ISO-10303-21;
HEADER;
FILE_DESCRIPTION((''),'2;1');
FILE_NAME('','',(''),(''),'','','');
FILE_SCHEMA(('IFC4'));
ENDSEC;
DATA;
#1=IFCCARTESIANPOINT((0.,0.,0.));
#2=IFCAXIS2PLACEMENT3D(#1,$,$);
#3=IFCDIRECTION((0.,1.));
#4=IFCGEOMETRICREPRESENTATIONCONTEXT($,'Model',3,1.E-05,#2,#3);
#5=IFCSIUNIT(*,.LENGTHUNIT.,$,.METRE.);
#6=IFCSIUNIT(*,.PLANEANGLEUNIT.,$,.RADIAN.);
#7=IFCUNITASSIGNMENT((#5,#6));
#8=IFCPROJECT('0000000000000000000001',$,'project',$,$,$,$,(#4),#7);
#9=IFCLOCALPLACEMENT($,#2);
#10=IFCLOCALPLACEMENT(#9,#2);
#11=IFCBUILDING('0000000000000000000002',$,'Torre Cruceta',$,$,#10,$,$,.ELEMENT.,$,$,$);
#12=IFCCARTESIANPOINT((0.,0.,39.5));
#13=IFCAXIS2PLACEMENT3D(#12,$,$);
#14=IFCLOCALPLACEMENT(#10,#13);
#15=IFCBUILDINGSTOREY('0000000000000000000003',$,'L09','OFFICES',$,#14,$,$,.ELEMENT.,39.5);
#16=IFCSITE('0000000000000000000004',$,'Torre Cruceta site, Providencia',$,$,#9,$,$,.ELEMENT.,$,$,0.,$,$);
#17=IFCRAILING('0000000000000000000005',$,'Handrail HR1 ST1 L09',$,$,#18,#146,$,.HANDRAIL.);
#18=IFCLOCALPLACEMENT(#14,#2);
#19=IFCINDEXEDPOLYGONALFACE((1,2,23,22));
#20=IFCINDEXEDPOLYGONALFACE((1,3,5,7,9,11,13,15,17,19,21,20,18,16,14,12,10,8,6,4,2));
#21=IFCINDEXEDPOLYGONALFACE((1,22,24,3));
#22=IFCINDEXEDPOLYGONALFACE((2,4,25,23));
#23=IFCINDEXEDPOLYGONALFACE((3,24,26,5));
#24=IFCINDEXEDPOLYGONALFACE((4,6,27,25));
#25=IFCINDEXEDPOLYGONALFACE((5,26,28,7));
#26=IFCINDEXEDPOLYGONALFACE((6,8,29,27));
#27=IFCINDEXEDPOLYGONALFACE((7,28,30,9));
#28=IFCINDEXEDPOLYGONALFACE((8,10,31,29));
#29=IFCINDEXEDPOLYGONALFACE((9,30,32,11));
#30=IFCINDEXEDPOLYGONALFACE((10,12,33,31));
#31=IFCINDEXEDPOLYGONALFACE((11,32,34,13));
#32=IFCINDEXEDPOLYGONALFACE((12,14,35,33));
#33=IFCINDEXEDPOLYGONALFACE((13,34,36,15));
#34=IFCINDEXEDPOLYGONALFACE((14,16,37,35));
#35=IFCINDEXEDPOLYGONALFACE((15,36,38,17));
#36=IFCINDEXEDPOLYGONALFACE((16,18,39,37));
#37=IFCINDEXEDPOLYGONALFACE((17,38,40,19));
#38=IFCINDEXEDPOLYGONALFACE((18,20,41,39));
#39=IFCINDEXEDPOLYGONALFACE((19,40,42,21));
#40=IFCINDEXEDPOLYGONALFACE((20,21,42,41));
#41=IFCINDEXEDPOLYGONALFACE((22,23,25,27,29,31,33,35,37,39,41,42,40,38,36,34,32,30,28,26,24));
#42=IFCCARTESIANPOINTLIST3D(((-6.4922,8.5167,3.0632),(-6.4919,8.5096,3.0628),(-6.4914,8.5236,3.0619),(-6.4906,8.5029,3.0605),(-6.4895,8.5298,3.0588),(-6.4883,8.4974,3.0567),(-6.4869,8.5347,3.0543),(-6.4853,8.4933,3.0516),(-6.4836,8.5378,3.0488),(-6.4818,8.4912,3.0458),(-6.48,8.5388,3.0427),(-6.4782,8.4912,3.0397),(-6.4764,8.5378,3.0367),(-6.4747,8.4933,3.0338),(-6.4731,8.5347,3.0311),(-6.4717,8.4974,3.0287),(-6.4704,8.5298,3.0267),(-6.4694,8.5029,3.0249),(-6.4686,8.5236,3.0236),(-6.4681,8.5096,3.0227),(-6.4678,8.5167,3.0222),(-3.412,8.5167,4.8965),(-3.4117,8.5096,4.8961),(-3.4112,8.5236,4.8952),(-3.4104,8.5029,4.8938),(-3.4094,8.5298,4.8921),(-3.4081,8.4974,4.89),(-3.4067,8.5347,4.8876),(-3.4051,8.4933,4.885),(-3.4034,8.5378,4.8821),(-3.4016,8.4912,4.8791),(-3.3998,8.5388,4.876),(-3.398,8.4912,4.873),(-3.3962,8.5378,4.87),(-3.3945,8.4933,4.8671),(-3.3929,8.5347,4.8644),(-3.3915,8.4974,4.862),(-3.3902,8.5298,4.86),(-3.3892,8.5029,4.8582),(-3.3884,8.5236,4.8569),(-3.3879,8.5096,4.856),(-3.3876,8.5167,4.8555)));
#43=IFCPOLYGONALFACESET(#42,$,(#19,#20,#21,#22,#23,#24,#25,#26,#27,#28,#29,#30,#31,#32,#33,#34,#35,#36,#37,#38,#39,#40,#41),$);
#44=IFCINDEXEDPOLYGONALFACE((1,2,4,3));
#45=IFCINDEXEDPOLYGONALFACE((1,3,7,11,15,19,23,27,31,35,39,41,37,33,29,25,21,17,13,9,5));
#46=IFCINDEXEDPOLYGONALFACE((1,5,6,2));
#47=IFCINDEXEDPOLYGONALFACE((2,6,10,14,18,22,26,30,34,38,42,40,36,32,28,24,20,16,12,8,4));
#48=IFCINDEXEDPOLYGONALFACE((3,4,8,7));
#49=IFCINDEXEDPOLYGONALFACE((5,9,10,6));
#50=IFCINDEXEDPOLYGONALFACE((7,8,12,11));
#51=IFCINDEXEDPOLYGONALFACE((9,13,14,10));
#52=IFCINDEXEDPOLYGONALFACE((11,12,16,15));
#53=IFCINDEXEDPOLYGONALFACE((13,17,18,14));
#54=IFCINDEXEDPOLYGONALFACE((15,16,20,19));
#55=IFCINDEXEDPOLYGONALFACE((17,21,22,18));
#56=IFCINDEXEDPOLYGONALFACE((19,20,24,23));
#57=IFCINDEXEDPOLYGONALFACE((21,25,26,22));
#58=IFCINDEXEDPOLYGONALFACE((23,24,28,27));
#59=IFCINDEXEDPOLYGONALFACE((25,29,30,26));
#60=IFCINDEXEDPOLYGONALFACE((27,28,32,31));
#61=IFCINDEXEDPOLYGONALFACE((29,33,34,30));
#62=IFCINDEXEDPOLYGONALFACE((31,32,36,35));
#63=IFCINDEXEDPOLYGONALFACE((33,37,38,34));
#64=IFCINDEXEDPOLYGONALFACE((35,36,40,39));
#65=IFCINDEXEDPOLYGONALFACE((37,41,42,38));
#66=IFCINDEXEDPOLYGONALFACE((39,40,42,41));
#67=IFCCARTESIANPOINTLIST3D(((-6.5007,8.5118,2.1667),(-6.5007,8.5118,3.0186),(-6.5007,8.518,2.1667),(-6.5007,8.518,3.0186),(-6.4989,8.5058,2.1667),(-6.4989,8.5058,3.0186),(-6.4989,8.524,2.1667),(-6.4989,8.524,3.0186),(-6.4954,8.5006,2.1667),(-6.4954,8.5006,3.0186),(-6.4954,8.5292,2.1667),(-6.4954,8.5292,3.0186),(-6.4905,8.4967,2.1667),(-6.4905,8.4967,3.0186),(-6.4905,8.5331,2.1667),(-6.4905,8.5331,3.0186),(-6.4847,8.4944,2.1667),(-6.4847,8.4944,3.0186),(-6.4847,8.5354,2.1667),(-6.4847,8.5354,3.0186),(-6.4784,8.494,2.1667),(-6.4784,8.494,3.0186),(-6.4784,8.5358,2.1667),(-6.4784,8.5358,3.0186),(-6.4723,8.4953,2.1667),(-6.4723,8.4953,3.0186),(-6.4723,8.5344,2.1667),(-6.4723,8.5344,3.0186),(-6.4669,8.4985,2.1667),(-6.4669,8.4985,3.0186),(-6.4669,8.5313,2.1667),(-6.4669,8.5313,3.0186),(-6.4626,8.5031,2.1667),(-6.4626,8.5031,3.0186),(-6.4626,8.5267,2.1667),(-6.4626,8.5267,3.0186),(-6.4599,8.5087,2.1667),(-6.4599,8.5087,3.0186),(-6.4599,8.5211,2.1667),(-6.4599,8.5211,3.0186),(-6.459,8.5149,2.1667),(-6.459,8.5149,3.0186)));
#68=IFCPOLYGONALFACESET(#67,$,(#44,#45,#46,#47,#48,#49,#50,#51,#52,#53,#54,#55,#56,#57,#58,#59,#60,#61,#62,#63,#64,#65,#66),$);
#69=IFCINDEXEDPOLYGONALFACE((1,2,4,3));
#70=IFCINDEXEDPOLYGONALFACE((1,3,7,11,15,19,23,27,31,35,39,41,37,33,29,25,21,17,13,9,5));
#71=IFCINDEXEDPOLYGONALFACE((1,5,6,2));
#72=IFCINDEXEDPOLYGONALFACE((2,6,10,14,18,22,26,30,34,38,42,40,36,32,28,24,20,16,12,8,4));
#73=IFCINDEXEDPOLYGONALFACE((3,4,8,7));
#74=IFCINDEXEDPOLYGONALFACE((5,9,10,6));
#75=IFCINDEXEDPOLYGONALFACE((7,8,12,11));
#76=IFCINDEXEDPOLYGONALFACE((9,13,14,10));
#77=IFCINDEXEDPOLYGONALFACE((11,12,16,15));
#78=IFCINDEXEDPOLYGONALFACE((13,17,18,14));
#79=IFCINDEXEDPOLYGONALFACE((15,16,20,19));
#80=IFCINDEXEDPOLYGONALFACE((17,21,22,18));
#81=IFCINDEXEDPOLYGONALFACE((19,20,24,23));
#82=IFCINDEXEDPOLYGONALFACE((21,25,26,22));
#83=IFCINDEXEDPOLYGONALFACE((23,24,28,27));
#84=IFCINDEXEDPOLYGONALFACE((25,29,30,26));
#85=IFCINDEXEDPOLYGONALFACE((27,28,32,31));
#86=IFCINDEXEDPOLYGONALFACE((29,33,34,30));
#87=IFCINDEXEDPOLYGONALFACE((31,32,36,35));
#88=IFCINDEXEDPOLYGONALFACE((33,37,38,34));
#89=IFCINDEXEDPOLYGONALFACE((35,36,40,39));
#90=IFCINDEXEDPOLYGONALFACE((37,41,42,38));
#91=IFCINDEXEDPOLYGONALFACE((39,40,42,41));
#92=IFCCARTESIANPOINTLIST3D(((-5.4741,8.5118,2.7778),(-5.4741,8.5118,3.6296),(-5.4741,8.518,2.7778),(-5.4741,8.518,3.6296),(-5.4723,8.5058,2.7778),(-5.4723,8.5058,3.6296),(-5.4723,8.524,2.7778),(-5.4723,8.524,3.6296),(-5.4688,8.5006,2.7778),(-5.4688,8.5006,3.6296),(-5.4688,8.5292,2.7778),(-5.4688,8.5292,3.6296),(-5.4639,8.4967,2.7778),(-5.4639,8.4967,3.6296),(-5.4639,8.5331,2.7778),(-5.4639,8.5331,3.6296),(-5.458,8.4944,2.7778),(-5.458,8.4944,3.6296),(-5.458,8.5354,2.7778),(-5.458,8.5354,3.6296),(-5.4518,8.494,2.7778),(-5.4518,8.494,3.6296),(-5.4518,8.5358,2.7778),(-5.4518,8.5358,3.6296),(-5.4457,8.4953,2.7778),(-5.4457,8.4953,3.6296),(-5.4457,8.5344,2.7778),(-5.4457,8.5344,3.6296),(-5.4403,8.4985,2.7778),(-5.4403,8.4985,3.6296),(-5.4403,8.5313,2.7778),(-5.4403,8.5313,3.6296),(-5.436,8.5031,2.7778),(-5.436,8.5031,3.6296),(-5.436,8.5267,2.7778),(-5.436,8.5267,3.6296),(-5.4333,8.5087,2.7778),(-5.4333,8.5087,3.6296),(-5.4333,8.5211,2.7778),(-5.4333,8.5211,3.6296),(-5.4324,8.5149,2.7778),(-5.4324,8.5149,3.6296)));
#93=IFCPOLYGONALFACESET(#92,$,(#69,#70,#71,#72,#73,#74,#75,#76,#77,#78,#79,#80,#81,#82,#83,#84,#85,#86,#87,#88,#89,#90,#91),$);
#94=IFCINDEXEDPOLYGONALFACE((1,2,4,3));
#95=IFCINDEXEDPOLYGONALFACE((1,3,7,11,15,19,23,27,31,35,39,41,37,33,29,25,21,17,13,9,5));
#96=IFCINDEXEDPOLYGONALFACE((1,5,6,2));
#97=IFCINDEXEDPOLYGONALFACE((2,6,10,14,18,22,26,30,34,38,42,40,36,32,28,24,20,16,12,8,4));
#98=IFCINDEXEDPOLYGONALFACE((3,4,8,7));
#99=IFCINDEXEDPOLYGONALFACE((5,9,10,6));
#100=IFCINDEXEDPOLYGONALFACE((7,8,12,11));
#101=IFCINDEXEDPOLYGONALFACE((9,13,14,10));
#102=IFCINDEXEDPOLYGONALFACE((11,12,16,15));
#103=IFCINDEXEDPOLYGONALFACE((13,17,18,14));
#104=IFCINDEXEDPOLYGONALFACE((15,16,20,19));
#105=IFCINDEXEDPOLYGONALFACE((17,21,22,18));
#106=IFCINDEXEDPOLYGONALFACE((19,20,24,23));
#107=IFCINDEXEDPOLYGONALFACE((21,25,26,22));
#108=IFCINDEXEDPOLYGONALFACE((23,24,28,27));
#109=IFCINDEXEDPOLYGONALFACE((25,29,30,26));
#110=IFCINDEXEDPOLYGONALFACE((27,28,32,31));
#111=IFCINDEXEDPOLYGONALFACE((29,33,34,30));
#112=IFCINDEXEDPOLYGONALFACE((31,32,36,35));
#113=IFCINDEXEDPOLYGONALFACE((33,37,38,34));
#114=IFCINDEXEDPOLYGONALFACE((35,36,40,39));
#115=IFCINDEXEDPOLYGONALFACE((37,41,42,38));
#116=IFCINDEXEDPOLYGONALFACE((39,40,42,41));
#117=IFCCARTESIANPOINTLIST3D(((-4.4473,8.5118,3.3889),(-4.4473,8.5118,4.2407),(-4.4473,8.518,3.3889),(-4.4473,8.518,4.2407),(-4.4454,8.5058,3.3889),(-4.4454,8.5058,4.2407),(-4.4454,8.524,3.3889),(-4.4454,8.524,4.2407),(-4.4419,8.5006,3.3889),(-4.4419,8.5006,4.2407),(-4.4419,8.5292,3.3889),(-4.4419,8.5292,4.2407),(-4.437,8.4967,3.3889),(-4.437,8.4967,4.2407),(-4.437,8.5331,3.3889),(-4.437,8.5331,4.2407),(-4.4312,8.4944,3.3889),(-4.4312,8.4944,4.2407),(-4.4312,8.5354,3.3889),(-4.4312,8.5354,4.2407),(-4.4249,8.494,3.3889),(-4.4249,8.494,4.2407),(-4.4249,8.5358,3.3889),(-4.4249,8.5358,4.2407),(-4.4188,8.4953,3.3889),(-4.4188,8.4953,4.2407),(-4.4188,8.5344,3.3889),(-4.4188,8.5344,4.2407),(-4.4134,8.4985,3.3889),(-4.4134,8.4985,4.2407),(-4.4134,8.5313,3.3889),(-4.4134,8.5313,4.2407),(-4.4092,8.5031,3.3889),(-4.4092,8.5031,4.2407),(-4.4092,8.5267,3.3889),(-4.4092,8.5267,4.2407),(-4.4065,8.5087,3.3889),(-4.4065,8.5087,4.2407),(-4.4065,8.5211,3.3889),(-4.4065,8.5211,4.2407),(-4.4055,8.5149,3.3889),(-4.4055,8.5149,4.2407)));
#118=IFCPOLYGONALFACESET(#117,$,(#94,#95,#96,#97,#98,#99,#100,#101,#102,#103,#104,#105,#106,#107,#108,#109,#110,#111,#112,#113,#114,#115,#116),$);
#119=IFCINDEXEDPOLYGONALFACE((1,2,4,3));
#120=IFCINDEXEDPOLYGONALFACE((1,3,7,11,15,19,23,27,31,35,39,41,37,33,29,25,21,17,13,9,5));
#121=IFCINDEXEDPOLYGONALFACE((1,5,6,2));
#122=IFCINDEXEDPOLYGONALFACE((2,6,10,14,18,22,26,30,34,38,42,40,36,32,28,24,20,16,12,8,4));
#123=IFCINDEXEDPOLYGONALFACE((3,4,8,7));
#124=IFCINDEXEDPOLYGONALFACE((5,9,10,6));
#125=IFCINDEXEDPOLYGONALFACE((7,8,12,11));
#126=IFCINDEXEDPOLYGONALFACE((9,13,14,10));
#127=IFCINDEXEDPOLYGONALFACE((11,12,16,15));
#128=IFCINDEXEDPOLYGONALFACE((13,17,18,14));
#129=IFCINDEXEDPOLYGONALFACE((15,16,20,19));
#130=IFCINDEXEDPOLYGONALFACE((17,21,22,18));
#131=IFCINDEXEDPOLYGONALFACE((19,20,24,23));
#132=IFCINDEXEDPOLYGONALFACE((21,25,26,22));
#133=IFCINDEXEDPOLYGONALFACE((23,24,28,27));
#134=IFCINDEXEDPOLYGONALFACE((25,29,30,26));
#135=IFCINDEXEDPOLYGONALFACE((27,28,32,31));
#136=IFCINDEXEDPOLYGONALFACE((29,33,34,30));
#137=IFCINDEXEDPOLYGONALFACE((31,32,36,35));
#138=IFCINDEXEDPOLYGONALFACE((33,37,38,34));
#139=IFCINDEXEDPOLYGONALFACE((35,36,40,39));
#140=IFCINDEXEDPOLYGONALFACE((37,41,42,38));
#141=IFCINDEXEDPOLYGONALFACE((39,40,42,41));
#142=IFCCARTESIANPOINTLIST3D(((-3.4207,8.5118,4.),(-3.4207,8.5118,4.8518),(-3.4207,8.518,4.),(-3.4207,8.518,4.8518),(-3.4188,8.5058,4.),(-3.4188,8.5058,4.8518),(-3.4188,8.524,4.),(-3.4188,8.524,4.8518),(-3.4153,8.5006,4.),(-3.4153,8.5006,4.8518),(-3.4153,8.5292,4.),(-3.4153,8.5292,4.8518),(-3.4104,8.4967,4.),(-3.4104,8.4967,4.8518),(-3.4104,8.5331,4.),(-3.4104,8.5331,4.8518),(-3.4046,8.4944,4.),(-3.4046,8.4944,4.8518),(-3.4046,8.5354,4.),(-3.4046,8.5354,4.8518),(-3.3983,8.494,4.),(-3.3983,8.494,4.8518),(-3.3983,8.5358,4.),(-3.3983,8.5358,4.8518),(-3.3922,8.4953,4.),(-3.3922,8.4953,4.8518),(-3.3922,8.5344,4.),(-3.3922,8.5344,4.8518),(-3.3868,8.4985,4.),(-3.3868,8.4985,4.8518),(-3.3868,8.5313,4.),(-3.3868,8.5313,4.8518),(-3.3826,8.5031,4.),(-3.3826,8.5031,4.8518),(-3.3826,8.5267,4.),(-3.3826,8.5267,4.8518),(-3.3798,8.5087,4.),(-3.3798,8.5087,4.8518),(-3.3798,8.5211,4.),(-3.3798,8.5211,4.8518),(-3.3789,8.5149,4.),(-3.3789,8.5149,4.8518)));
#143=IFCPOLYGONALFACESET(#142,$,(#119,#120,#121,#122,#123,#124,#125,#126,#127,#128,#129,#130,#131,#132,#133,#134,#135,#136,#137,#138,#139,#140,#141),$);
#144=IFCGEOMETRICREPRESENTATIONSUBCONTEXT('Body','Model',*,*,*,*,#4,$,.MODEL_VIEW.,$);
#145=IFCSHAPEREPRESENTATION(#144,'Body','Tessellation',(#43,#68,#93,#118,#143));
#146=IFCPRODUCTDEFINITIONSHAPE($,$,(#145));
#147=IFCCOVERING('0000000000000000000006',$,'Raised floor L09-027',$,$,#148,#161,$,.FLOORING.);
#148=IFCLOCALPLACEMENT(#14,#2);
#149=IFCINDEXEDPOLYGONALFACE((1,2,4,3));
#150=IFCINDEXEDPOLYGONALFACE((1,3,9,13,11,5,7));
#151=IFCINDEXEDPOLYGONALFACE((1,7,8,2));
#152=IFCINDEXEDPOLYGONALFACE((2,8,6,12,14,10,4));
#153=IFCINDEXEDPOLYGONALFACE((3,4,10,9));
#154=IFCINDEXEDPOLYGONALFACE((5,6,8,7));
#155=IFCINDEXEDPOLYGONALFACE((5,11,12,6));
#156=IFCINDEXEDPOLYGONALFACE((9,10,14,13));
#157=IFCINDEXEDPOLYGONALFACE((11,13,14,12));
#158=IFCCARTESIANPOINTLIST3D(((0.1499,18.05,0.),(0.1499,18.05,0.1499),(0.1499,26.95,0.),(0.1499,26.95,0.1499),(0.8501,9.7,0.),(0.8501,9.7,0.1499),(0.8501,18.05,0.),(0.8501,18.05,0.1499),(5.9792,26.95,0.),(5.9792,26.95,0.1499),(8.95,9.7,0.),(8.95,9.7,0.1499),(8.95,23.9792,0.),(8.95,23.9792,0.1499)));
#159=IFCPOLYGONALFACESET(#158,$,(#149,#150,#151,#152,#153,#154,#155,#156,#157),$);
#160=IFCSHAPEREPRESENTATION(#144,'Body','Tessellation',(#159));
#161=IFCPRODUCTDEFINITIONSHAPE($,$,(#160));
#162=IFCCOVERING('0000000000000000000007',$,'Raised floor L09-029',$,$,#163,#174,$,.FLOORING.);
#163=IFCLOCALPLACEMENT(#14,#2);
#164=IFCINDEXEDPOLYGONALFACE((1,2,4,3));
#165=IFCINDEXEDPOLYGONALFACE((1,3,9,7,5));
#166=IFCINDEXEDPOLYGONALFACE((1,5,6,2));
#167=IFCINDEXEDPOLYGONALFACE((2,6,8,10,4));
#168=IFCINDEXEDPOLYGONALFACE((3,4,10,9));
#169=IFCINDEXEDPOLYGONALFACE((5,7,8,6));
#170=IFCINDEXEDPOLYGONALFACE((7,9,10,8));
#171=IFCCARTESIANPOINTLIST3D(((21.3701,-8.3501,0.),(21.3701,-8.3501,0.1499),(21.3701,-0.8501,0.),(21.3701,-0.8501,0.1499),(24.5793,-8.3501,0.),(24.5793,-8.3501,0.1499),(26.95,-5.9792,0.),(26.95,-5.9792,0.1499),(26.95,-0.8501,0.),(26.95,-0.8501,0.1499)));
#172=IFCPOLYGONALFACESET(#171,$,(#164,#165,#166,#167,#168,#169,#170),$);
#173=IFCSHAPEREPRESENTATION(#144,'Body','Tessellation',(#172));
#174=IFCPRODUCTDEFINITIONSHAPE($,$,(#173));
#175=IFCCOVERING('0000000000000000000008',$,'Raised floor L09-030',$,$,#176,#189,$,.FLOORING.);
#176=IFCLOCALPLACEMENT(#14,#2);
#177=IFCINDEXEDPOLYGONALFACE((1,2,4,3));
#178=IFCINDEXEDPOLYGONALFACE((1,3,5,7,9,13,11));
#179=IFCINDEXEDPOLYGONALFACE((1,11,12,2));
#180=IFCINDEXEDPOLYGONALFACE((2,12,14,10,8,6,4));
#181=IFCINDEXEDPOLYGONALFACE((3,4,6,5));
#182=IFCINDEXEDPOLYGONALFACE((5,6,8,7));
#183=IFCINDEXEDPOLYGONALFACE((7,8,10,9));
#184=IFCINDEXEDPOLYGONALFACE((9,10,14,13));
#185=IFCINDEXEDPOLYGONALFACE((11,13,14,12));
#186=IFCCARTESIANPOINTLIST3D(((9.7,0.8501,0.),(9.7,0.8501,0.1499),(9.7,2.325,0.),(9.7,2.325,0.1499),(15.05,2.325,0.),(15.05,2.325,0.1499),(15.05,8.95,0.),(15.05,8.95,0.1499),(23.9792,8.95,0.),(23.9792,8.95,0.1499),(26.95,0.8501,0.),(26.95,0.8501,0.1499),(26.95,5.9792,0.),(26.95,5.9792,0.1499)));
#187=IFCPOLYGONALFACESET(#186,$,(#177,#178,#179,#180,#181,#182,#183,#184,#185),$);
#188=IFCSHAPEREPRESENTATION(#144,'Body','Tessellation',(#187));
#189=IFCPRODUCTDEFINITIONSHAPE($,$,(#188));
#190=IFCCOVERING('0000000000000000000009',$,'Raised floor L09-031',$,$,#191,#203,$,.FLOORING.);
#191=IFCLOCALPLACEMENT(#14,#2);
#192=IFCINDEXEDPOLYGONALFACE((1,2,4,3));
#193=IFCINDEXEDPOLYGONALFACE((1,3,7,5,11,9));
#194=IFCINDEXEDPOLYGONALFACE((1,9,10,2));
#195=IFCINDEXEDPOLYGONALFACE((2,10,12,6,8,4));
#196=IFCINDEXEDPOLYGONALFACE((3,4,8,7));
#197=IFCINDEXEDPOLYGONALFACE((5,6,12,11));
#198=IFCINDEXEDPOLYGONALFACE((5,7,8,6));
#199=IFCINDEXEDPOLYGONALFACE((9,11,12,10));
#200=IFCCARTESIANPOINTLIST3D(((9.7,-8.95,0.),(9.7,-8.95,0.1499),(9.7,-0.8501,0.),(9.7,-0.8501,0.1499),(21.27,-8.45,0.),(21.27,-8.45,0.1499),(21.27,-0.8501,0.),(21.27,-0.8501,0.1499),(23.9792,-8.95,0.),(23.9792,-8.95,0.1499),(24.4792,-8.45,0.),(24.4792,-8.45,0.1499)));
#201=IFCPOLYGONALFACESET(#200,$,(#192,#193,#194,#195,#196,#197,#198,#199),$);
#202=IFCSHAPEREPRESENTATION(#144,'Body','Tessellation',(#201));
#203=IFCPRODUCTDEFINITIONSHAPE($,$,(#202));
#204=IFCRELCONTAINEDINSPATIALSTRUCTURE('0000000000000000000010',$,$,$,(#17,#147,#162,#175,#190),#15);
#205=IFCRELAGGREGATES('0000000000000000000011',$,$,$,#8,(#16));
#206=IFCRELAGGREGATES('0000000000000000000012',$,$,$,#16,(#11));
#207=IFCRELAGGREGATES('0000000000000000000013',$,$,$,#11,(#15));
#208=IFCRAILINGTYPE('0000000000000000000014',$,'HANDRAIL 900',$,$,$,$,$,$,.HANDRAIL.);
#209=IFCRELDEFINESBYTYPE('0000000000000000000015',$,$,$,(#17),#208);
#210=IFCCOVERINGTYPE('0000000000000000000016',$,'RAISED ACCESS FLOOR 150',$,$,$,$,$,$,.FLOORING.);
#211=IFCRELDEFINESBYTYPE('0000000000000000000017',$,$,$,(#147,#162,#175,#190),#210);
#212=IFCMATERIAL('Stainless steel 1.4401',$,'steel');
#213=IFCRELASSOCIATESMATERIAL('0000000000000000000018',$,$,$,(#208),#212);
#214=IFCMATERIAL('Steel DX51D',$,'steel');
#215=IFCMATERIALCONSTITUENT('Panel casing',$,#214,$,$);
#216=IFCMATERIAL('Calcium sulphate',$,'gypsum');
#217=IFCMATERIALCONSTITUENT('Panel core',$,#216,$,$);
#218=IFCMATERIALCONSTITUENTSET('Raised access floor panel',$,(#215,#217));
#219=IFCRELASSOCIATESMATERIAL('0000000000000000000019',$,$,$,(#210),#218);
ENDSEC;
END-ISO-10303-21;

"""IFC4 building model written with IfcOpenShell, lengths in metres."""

from ifc_helpers import new_model, si_unit, direction, frame, origin, origin_2d, place, context, subcontext, project, spatial, polyline, circle, outline, extrude, material, constituent, constituent_set, type_object, element, save


model = new_model("IFC4")

# Units and contexts
model_context = context("Model", 3, precision=1e-05, world=origin(), true_north=direction((0.0, 1.0)))
body_context = subcontext(model_context, "Body", "Model", "MODEL_VIEW")
ifc_project = project(units=[si_unit("LENGTHUNIT", "METRE"), si_unit("PLANEANGLEUNIT", "RADIAN")], contexts=[model_context])

# Site, building, storey
site_placement = place(None, origin())
site = spatial("IfcSite", under=ifc_project, at=site_placement, Name="Torre Cruceta site, Providencia", CompositionType="ELEMENT", RefElevation=0.0)
building_placement = place(site_placement, origin())
building = spatial("IfcBuilding", under=site, at=building_placement, Name="Torre Cruceta", CompositionType="ELEMENT")
storey_placement = place(building_placement, frame((0.0, 0.0, 39.5)))
storey = spatial("IfcBuildingStorey", under=building, at=storey_placement, Name="L09", Description="OFFICES", CompositionType="ELEMENT", Elevation=39.5)

# Railing
ifc_material_1 = material(Name="Stainless steel 1.4401", Category="steel")
railing_type = type_object("IfcRailingType", Name="HANDRAIL 900", PredefinedType="HANDRAIL", material=ifc_material_1)
railing_1_placement = place(storey_placement, frame((-6.48, 8.5149, 2.1667)))
element("IfcRailing", 1, at=railing_1_placement, inside=storey, type_object=railing_type, Name="Handrail HR1 ST1 L09", PredefinedType="HANDRAIL", context=body_context, shape_type="SweptSolid", body=[
    extrude(circle(Radius=0.0239, at=origin_2d()), frame((0.0, 0.0, 0.876), z_axis=(0.859309, 0.0, 0.511458), x_axis=(0.0, 1.0, 0.0)), (0.0, 0.0, 1.0), 3.5845),
    extrude(circle(Radius=0.021, at=origin_2d()), origin(), (0.0, 0.0, 1.0), 0.8518),
    extrude(circle(Radius=0.021, at=origin_2d()), frame((1.0266, 0.0, 0.6111)), (0.0, 0.0, 1.0), 0.8518),
    extrude(circle(Radius=0.021, at=origin_2d()), frame((2.0535, 0.0, 1.2222)), (0.0, 0.0, 1.0), 0.8518),
    extrude(circle(Radius=0.021, at=origin_2d()), frame((3.0801, 0.0, 1.8333)), (0.0, 0.0, 1.0), 0.8518),
])

# Coverings
ifc_material_2 = material(Name="Steel DX51D", Category="steel")
ifc_constituent_1 = constituent(ifc_material_2, Name="Panel casing")
ifc_material_3 = material(Name="Calcium sulphate", Category="gypsum")
ifc_constituent_2 = constituent(ifc_material_3, Name="Panel core")
ifc_constituent_set_1 = constituent_set(constituents=[ifc_constituent_1, ifc_constituent_2], Name="Raised access floor panel")
covering_type_1 = type_object("IfcCoveringType", Name="RAISED ACCESS FLOOR 150", PredefinedType="FLOORING", material=ifc_constituent_set_1)
covering_1_placement = place(storey_placement, origin())
element("IfcCovering", 2, at=covering_1_placement, inside=storey, type_object=covering_type_1, Name="Raised floor L09-027", PredefinedType="FLOORING", context=body_context, shape_type="SweptSolid", body=[
    extrude(outline(polyline([(5.9792, 26.95), (8.95, 23.9792), (8.95, 9.7), (0.8501, 9.7), (0.8501, 18.05), (0.1499, 18.05), (0.1499, 26.95), (5.9792, 26.95)])), origin(), (0.0, 0.0, 1.0), 0.1499),
])
covering_2_placement = place(storey_placement, origin())
element("IfcCovering", 3, at=covering_2_placement, inside=storey, type_object=covering_type_1, Name="Raised floor L09-029", PredefinedType="FLOORING", context=body_context, shape_type="SweptSolid", body=[
    extrude(outline(polyline([(24.5793, -8.3501), (21.3701, -8.3501), (21.3701, -0.8501), (26.95, -0.8501), (26.95, -5.9792), (24.5793, -8.3501)])), origin(), (0.0, 0.0, 1.0), 0.1499),
])
covering_3_placement = place(storey_placement, origin())
element("IfcCovering", 4, at=covering_3_placement, inside=storey, type_object=covering_type_1, Name="Raised floor L09-030", PredefinedType="FLOORING", context=body_context, shape_type="SweptSolid", body=[
    extrude(outline(polyline([(26.95, 0.8501), (9.7, 0.8501), (9.7, 2.325), (15.05, 2.325), (15.05, 8.95), (23.9792, 8.95), (26.95, 5.9792), (26.95, 0.8501)])), origin(), (0.0, 0.0, 1.0), 0.1499),
])
covering_4_placement = place(storey_placement, origin())
element("IfcCovering", 5, at=covering_4_placement, inside=storey, type_object=covering_type_1, Name="Raised floor L09-031", PredefinedType="FLOORING", context=body_context, shape_type="SweptSolid", body=[
    extrude(outline(polyline([(21.27, -8.45), (24.4792, -8.45), (23.9792, -8.95), (9.7, -8.95), (9.7, -0.8501), (21.27, -0.8501), (21.27, -8.45)])), origin(), (0.0, 0.0, 1.0), 0.1499),
])

save(model, "model.ifc")
